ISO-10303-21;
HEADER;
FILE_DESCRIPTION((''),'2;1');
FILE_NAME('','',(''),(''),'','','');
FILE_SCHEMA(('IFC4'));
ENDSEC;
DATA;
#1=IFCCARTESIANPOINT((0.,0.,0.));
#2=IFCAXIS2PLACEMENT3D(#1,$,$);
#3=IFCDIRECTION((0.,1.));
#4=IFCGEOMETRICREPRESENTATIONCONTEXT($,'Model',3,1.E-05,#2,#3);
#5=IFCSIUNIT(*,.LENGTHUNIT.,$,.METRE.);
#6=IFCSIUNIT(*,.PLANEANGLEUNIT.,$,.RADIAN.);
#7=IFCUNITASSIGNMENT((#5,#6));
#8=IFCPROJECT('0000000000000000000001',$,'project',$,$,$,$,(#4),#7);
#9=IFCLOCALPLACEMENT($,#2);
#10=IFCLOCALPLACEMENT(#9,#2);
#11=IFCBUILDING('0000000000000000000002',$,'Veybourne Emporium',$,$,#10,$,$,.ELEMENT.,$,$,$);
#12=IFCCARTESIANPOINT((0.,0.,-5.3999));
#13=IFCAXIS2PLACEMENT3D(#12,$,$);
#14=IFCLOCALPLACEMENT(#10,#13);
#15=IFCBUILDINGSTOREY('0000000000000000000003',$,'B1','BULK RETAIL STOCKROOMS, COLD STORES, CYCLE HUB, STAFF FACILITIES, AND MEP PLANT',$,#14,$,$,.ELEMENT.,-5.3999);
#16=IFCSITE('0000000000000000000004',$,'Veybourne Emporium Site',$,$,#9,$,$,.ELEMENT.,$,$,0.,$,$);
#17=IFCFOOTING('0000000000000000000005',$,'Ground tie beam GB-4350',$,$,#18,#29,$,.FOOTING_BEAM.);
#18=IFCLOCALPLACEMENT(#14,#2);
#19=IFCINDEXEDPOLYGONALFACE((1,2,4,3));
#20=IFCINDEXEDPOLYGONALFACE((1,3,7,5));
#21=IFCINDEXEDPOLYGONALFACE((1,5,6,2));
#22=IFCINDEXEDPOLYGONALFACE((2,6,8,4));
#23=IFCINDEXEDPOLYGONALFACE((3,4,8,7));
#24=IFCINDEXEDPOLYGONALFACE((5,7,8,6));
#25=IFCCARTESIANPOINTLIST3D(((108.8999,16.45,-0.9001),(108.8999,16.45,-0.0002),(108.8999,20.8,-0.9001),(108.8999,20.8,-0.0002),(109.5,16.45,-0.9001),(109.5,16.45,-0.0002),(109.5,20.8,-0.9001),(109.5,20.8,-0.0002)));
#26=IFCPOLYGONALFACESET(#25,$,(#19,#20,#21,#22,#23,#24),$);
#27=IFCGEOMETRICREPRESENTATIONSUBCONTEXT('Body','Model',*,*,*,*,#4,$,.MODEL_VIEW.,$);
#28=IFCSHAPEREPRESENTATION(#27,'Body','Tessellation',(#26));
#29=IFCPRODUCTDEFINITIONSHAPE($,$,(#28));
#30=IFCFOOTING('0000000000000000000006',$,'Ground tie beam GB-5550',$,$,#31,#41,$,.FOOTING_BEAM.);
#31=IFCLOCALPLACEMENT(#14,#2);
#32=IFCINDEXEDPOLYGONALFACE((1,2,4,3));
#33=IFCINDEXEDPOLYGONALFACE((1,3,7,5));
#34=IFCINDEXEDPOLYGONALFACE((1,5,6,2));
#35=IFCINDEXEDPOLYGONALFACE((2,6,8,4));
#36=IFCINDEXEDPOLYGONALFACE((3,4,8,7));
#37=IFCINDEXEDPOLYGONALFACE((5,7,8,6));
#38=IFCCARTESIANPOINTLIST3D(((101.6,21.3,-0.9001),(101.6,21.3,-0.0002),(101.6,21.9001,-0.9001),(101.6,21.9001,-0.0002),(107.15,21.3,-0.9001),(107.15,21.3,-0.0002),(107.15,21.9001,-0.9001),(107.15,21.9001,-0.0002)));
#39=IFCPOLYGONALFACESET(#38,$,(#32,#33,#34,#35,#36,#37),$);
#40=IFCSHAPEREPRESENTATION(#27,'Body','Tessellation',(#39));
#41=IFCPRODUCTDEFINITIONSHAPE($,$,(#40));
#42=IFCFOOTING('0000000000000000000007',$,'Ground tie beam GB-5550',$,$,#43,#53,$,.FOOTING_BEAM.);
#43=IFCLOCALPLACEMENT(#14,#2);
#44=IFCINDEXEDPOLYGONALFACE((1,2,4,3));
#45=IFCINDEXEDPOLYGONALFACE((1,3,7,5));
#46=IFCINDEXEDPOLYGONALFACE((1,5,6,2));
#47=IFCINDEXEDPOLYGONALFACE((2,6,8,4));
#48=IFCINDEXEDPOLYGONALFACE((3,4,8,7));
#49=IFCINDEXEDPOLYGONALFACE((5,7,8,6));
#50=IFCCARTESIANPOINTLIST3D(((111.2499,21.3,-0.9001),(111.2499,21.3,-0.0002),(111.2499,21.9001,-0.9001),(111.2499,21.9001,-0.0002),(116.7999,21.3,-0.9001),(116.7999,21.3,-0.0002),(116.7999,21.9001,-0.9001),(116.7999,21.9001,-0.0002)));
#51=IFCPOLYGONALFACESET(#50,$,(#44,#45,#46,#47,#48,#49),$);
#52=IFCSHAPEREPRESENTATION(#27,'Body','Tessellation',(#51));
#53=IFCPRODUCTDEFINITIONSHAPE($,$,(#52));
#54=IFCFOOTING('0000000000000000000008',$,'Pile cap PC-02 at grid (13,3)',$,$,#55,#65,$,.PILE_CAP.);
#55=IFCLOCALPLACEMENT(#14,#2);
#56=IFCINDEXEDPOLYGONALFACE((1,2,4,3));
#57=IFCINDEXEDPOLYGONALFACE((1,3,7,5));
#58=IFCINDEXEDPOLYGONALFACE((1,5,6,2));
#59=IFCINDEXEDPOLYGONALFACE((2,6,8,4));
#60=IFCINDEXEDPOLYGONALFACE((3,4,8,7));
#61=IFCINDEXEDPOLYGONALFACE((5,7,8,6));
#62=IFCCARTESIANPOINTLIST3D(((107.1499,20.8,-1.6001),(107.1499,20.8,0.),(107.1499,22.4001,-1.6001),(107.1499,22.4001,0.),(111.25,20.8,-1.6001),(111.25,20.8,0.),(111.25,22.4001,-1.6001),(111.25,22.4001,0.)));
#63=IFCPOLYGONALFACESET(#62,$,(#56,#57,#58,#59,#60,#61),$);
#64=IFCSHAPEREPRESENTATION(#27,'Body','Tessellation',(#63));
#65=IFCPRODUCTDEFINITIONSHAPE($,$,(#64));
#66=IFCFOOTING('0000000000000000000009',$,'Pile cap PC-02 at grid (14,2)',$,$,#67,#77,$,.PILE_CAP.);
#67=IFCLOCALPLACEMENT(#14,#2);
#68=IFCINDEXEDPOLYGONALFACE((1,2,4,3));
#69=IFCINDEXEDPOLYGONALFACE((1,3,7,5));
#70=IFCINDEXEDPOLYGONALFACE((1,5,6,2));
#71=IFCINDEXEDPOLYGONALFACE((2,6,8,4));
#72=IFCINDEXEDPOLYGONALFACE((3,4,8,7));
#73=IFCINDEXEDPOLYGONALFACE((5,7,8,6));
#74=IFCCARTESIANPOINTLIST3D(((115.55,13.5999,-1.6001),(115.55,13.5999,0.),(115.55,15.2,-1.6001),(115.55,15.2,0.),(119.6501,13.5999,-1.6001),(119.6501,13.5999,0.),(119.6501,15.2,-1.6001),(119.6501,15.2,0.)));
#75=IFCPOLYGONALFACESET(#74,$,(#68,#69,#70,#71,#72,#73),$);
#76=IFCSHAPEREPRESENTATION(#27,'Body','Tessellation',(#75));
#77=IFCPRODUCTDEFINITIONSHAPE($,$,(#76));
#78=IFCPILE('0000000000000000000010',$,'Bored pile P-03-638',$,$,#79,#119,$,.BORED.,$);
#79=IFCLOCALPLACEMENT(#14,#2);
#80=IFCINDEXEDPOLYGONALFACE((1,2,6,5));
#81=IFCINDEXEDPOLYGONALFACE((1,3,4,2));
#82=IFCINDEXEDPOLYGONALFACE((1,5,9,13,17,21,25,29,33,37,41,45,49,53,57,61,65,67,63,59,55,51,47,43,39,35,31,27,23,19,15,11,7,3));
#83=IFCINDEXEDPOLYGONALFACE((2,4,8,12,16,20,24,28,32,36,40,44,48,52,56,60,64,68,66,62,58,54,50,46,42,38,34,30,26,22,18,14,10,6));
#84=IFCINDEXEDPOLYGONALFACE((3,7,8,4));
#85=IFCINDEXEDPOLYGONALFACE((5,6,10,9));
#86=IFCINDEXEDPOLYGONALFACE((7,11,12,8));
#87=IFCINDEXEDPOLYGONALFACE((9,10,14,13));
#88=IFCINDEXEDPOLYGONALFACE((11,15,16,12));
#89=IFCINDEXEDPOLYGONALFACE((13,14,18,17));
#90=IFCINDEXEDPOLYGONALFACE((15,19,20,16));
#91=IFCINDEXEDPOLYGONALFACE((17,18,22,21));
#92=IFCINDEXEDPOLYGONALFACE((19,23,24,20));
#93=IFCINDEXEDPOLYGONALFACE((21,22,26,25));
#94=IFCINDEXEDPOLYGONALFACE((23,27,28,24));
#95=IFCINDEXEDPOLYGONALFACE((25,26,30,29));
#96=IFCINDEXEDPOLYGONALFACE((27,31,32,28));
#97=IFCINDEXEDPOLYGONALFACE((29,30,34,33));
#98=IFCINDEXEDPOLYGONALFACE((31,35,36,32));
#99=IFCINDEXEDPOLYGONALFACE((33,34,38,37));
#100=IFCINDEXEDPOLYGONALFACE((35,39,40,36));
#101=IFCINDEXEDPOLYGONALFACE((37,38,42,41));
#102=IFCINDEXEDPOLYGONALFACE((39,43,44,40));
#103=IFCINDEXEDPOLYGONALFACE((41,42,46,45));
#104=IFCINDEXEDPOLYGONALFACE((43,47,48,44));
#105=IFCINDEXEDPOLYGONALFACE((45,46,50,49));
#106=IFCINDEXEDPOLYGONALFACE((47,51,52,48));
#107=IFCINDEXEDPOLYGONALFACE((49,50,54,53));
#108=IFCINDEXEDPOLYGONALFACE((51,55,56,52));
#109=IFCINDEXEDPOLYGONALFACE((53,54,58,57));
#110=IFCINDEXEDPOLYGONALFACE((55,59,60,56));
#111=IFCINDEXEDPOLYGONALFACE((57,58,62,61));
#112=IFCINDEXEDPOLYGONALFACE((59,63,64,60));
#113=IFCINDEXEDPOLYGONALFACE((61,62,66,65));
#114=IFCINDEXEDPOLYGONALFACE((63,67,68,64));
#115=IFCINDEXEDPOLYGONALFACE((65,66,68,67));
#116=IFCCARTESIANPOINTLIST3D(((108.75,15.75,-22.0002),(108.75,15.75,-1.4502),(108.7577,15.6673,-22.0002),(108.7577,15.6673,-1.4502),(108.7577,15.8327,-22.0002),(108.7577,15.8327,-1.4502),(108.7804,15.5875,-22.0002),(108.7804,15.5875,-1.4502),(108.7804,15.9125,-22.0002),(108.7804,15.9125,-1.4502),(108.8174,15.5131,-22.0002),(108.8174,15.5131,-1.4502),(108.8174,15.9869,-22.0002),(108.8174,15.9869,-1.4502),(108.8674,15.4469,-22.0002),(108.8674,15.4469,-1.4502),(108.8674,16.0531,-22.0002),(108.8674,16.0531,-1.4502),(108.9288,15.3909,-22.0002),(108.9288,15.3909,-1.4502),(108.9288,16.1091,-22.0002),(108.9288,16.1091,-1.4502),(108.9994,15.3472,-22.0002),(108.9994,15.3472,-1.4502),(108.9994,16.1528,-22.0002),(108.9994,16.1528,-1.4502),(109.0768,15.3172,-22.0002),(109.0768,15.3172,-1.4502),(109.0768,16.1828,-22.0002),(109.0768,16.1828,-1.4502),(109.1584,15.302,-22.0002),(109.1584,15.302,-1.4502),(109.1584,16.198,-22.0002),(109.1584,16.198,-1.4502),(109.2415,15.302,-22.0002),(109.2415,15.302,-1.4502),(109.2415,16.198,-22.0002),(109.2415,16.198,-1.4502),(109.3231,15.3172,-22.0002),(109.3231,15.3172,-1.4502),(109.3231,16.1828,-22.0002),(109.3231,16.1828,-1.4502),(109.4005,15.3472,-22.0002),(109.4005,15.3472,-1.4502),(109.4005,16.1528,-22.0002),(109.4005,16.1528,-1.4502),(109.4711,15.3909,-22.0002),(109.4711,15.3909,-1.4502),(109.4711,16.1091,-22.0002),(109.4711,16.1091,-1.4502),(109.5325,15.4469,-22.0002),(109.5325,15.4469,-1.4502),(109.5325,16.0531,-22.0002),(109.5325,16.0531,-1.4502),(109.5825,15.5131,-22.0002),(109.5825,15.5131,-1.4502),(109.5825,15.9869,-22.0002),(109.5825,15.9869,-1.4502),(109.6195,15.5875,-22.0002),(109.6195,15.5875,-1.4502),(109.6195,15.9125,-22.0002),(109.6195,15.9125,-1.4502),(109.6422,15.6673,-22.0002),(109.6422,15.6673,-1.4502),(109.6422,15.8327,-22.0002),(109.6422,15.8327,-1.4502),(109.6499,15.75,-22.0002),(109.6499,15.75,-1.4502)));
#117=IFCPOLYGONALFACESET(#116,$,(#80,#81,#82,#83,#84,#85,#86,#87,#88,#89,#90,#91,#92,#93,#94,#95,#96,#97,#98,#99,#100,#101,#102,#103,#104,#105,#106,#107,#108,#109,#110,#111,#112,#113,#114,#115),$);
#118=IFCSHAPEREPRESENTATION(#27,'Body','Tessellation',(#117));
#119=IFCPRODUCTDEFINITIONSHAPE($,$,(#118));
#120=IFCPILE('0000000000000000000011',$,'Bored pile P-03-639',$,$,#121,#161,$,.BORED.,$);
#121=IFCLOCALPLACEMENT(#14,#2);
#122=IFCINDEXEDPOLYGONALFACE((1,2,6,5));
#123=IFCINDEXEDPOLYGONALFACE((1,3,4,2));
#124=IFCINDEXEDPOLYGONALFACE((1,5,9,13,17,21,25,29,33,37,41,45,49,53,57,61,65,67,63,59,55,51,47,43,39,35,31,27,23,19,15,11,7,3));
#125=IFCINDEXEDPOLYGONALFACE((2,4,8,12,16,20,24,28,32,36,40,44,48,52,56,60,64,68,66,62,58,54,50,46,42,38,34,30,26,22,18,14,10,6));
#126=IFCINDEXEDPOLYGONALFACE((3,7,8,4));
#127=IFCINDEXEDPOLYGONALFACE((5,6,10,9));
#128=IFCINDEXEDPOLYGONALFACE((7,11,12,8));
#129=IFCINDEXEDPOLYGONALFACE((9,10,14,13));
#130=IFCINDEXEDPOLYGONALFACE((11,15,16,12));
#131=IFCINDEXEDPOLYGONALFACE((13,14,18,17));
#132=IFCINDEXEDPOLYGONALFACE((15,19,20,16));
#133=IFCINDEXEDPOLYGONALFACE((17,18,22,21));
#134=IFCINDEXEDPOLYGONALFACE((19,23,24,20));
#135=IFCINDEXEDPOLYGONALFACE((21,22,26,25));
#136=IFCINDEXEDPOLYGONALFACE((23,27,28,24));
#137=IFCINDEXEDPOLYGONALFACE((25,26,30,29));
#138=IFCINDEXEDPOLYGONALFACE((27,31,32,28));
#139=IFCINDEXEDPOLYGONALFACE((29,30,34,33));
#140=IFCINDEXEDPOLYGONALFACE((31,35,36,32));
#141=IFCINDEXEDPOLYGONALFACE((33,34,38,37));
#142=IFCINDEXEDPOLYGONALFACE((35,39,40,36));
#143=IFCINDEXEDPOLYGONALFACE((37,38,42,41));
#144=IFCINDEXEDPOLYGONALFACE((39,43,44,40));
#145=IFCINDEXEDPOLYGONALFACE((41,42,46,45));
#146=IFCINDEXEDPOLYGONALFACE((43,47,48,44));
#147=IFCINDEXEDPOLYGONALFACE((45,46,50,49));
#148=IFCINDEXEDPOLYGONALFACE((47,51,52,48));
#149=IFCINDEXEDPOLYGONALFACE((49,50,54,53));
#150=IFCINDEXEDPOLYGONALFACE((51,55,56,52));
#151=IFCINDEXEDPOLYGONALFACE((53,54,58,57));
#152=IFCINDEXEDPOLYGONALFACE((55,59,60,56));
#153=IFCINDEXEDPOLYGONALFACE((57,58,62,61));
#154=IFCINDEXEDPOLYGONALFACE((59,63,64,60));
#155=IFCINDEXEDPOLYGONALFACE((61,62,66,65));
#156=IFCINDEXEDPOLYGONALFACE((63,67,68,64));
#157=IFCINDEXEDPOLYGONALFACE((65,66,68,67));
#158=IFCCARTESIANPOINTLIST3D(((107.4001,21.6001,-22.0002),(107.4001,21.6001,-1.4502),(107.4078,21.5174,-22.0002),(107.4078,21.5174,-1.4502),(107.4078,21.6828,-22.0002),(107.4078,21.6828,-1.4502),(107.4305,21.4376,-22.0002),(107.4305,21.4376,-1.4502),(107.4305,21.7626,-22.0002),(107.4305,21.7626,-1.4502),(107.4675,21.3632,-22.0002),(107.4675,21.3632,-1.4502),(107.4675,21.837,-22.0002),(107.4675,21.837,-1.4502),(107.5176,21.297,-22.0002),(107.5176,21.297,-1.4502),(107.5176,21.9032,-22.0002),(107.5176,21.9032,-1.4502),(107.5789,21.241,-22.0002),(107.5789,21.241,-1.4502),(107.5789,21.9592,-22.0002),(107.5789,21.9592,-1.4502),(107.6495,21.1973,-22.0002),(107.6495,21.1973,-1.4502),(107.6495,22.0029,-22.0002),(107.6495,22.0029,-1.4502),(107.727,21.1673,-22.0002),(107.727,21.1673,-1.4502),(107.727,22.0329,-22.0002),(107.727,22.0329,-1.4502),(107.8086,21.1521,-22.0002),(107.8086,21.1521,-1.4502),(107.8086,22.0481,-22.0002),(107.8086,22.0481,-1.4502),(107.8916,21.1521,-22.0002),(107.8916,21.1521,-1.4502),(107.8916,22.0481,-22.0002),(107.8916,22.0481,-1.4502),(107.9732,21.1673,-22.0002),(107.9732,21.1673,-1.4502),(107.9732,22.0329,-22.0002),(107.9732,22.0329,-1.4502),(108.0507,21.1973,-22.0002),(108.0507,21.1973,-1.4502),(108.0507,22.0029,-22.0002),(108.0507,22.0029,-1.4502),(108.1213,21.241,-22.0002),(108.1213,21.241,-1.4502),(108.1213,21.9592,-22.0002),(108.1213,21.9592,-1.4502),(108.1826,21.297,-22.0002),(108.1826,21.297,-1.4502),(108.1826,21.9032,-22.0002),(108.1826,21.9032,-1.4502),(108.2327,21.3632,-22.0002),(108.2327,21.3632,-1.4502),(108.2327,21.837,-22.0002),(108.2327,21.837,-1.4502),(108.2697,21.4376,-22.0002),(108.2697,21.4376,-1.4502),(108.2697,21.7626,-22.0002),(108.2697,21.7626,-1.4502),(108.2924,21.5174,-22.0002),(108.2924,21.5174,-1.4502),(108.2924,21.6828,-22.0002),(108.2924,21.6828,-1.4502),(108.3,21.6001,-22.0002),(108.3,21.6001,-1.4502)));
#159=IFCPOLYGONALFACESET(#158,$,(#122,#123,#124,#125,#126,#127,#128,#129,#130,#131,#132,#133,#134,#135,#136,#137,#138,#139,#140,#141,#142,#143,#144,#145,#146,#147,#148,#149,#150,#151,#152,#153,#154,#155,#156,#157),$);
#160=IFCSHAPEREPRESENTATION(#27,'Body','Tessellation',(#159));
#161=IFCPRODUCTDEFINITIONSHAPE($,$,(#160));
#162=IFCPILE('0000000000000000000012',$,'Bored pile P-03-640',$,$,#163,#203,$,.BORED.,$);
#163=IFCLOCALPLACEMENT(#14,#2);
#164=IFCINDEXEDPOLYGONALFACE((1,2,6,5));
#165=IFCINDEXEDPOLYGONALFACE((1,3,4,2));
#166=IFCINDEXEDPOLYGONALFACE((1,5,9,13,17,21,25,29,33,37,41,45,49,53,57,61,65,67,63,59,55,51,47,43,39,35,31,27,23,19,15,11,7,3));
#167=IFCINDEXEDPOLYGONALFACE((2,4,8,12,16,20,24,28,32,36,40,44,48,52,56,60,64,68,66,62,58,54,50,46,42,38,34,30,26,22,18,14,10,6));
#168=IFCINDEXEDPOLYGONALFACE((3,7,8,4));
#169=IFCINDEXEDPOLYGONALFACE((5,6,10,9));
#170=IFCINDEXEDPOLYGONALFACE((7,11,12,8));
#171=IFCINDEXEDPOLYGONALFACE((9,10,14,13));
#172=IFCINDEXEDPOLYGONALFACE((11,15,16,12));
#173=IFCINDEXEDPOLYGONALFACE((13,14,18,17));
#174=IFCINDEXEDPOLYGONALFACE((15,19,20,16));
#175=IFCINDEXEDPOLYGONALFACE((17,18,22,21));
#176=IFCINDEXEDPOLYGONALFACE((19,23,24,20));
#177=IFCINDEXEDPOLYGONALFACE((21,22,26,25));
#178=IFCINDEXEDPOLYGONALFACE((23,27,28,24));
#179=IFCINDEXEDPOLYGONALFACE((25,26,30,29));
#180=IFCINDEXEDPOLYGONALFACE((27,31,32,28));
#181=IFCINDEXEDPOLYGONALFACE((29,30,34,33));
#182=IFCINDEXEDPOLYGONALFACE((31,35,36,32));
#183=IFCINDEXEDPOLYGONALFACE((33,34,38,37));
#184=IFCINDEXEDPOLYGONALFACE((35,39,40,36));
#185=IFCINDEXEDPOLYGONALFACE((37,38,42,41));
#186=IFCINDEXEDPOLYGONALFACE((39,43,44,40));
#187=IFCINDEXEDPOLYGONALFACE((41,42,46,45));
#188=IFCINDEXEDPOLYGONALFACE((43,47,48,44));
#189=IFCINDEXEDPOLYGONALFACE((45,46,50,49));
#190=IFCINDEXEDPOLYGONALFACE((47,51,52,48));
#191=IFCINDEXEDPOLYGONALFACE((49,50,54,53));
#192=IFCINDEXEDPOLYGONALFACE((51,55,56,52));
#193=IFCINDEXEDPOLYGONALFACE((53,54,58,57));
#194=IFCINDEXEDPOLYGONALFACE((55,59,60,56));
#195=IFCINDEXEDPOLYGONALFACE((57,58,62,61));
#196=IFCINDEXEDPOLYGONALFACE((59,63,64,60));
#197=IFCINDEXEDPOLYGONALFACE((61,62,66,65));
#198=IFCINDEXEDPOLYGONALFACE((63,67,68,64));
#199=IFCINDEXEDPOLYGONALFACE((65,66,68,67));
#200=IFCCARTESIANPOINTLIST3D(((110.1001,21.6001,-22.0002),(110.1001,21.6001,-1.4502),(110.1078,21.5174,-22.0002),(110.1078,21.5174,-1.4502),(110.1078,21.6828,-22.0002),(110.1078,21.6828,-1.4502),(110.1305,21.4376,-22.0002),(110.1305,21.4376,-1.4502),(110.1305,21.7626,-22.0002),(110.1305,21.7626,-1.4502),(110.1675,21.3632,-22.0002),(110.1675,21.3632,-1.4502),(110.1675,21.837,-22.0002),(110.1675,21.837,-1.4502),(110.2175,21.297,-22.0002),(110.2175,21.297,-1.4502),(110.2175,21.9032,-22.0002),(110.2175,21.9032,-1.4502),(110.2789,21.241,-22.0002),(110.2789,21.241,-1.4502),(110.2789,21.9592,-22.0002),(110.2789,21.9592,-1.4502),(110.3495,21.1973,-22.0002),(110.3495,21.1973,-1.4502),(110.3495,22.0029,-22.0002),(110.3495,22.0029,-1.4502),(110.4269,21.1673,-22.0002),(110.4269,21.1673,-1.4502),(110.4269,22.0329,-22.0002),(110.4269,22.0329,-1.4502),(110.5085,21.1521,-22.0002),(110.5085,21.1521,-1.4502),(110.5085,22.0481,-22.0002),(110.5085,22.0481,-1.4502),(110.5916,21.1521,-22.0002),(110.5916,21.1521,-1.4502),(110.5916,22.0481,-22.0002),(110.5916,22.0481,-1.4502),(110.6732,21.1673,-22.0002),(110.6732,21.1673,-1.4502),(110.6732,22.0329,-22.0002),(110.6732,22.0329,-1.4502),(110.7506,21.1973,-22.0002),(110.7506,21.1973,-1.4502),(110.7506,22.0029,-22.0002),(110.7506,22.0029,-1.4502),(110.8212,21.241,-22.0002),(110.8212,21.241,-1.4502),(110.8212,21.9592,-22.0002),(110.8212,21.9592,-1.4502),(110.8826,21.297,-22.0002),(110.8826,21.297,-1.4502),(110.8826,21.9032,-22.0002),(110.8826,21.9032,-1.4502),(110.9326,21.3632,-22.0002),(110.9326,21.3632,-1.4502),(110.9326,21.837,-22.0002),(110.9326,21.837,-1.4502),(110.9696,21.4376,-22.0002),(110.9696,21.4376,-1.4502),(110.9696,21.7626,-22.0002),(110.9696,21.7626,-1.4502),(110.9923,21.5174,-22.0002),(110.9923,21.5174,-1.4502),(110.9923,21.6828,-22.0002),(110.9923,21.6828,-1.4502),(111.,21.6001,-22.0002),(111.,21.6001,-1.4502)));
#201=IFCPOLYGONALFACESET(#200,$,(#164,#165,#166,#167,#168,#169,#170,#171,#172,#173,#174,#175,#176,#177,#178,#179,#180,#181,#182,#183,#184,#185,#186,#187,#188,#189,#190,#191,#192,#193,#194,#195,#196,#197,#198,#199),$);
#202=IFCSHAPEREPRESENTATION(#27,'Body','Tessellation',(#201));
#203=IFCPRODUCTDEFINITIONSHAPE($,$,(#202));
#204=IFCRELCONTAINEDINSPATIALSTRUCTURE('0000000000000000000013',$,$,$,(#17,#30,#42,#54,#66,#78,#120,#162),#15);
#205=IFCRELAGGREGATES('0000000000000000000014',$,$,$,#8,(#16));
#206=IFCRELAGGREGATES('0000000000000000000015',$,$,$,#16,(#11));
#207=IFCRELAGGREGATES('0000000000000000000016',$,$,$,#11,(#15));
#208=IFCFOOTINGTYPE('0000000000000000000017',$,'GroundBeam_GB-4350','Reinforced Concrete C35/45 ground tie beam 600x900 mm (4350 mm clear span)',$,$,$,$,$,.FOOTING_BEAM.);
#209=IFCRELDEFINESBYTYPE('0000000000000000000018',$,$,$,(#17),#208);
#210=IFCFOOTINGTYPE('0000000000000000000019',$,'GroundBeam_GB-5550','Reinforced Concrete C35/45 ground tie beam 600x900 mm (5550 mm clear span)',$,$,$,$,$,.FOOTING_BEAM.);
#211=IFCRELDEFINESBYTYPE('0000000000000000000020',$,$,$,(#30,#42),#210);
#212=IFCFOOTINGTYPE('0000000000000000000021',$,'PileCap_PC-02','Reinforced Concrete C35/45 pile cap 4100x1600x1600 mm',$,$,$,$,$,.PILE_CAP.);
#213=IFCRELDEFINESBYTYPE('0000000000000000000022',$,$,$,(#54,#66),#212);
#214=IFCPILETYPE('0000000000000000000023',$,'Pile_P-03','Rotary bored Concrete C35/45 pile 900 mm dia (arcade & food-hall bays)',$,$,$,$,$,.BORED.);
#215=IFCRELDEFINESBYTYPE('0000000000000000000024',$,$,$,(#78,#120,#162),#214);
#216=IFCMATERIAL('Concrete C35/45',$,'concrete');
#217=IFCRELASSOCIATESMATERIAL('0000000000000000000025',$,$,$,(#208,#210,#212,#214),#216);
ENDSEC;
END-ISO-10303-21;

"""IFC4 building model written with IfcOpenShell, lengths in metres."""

from ifc_helpers import new_model, si_unit, direction, frame, origin, origin_2d, place, context, subcontext, project, spatial, rectangle, circle, extrude, material, material_profile, profile_set, type_object, element, save


model = new_model("IFC4")

# Units and contexts
model_context = context("Model", 3, precision=1e-05, world=origin(), true_north=direction((0.0, 1.0)))
body_context = subcontext(model_context, "Body", "Model", "MODEL_VIEW")
ifc_project = project(units=[si_unit("LENGTHUNIT", "METRE"), si_unit("PLANEANGLEUNIT", "RADIAN")], contexts=[model_context])

# Site, building, storey
site_placement = place(None, origin())
site = spatial("IfcSite", under=ifc_project, at=site_placement, Name="Veybourne Emporium Site", CompositionType="ELEMENT", RefElevation=0.0)
building_placement = place(site_placement, origin())
building = spatial("IfcBuilding", under=site, at=building_placement, Name="Veybourne Emporium", CompositionType="ELEMENT")
storey_placement = place(building_placement, frame((0.0, 0.0, -5.3999)))
storey = spatial("IfcBuildingStorey", under=building, at=storey_placement, Name="B1", Description="BULK RETAIL STOCKROOMS, COLD STORES, CYCLE HUB, STAFF FACILITIES, AND MEP PLANT", CompositionType="ELEMENT", Elevation=-5.3999)

# Footings
ifc_material_1 = material(Name="Concrete C35/45", Category="concrete")
footing_type_1 = type_object("IfcFootingType", Name="GroundBeam_GB-4350", Description="Reinforced Concrete C35/45 ground tie beam 600x900 mm (4350 mm clear span)", PredefinedType="FOOTING_BEAM", material=ifc_material_1)
footing_placement = place(storey_placement, frame((109.2, 18.625, -0.9001), z_axis=(0.0, 0.0, 1.0), x_axis=(0.0, 1.0, 0.0)))
element("IfcFooting", 1, at=footing_placement, inside=storey, type_object=footing_type_1, Name="Ground tie beam GB-4350", PredefinedType="FOOTING_BEAM", context=body_context, shape_type="SweptSolid", body=[
    extrude(rectangle(XDim=4.3501, YDim=0.6001, at=origin_2d()), origin(), (0.0, 0.0, 1.0), 0.8999),
])
footing_type_2 = type_object("IfcFootingType", Name="GroundBeam_GB-5550", Description="Reinforced Concrete C35/45 ground tie beam 600x900 mm (5550 mm clear span)", PredefinedType="FOOTING_BEAM", material=ifc_material_1)
for number, where, z_axis, x_axis, name in (
    (2, (104.375, 21.6001, -0.9001), (0.0, 0.0, 1.0), (1.0, 0.0, 0.0), "Ground tie beam GB-5550"),
    (3, (114.0249, 21.6001, -0.9001), (0.0, 0.0, 1.0), (1.0, 0.0, 0.0), "Ground tie beam GB-5550"),
):
    element("IfcFooting", number, at=place(storey_placement, frame(where, z_axis=z_axis, x_axis=x_axis)), inside=storey, type_object=footing_type_2, Name=name, PredefinedType="FOOTING_BEAM", context=body_context, shape_type="SweptSolid", body=[
        extrude(rectangle(XDim=5.55, YDim=0.6001, at=origin_2d()), origin(), (0.0, 0.0, 1.0), 0.8999),
    ])
footing_type_3 = type_object("IfcFootingType", Name="PileCap_PC-02", Description="Reinforced Concrete C35/45 pile cap 4100x1600x1600 mm", PredefinedType="PILE_CAP", material=ifc_material_1)
for number, where, z_axis, x_axis, name in (
    (4, (109.2, 21.6001, -1.6001), (0.0, 0.0, 1.0), (1.0, 0.0, 0.0), "Pile cap PC-02 at grid (13,3)"),
    (5, (117.6001, 14.3999, -1.6001), (0.0, 0.0, 1.0), (1.0, 0.0, 0.0), "Pile cap PC-02 at grid (14,2)"),
):
    element("IfcFooting", number, at=place(storey_placement, frame(where, z_axis=z_axis, x_axis=x_axis)), inside=storey, type_object=footing_type_3, Name=name, PredefinedType="PILE_CAP", context=body_context, shape_type="SweptSolid", body=[
        extrude(rectangle(XDim=4.1001, YDim=1.6001, at=origin_2d()), origin(), (0.0, 0.0, 1.0), 1.6001),
    ])

# Piles
ifc_material_profile_1 = material_profile(ifc_material_1, circle(Radius=0.45, at=origin_2d()), Name="BORED PILE 900")
ifc_profile_set_1 = profile_set([ifc_material_profile_1], Name="Concrete C35/45")
pile_type = type_object("IfcPileType", Name="Pile_P-03", Description="Rotary bored Concrete C35/45 pile 900 mm dia (arcade & food-hall bays)", PredefinedType="BORED", material=ifc_profile_set_1)
for number, where, z_axis, x_axis, name in (
    (6, (109.2, 15.75, -1.4502), (0.0, 0.0, -1.0), (1.0, 0.0, 0.0), "Bored pile P-03-638"),
    (7, (107.8501, 21.6001, -1.4502), (0.0, 0.0, -1.0), (1.0, 0.0, 0.0), "Bored pile P-03-639"),
    (8, (110.55, 21.6001, -1.4502), (0.0, 0.0, -1.0), (1.0, 0.0, 0.0), "Bored pile P-03-640"),
):
    element("IfcPile", number, at=place(storey_placement, frame(where, z_axis=z_axis, x_axis=x_axis)), inside=storey, type_object=pile_type, Name=name, PredefinedType="BORED", context=body_context, shape_type="SweptSolid", body=[
        extrude(circle(Radius=0.45, at=origin_2d()), origin(), (0.0, 0.0, 1.0), 20.55),
    ])

save(model, "model.ifc")
